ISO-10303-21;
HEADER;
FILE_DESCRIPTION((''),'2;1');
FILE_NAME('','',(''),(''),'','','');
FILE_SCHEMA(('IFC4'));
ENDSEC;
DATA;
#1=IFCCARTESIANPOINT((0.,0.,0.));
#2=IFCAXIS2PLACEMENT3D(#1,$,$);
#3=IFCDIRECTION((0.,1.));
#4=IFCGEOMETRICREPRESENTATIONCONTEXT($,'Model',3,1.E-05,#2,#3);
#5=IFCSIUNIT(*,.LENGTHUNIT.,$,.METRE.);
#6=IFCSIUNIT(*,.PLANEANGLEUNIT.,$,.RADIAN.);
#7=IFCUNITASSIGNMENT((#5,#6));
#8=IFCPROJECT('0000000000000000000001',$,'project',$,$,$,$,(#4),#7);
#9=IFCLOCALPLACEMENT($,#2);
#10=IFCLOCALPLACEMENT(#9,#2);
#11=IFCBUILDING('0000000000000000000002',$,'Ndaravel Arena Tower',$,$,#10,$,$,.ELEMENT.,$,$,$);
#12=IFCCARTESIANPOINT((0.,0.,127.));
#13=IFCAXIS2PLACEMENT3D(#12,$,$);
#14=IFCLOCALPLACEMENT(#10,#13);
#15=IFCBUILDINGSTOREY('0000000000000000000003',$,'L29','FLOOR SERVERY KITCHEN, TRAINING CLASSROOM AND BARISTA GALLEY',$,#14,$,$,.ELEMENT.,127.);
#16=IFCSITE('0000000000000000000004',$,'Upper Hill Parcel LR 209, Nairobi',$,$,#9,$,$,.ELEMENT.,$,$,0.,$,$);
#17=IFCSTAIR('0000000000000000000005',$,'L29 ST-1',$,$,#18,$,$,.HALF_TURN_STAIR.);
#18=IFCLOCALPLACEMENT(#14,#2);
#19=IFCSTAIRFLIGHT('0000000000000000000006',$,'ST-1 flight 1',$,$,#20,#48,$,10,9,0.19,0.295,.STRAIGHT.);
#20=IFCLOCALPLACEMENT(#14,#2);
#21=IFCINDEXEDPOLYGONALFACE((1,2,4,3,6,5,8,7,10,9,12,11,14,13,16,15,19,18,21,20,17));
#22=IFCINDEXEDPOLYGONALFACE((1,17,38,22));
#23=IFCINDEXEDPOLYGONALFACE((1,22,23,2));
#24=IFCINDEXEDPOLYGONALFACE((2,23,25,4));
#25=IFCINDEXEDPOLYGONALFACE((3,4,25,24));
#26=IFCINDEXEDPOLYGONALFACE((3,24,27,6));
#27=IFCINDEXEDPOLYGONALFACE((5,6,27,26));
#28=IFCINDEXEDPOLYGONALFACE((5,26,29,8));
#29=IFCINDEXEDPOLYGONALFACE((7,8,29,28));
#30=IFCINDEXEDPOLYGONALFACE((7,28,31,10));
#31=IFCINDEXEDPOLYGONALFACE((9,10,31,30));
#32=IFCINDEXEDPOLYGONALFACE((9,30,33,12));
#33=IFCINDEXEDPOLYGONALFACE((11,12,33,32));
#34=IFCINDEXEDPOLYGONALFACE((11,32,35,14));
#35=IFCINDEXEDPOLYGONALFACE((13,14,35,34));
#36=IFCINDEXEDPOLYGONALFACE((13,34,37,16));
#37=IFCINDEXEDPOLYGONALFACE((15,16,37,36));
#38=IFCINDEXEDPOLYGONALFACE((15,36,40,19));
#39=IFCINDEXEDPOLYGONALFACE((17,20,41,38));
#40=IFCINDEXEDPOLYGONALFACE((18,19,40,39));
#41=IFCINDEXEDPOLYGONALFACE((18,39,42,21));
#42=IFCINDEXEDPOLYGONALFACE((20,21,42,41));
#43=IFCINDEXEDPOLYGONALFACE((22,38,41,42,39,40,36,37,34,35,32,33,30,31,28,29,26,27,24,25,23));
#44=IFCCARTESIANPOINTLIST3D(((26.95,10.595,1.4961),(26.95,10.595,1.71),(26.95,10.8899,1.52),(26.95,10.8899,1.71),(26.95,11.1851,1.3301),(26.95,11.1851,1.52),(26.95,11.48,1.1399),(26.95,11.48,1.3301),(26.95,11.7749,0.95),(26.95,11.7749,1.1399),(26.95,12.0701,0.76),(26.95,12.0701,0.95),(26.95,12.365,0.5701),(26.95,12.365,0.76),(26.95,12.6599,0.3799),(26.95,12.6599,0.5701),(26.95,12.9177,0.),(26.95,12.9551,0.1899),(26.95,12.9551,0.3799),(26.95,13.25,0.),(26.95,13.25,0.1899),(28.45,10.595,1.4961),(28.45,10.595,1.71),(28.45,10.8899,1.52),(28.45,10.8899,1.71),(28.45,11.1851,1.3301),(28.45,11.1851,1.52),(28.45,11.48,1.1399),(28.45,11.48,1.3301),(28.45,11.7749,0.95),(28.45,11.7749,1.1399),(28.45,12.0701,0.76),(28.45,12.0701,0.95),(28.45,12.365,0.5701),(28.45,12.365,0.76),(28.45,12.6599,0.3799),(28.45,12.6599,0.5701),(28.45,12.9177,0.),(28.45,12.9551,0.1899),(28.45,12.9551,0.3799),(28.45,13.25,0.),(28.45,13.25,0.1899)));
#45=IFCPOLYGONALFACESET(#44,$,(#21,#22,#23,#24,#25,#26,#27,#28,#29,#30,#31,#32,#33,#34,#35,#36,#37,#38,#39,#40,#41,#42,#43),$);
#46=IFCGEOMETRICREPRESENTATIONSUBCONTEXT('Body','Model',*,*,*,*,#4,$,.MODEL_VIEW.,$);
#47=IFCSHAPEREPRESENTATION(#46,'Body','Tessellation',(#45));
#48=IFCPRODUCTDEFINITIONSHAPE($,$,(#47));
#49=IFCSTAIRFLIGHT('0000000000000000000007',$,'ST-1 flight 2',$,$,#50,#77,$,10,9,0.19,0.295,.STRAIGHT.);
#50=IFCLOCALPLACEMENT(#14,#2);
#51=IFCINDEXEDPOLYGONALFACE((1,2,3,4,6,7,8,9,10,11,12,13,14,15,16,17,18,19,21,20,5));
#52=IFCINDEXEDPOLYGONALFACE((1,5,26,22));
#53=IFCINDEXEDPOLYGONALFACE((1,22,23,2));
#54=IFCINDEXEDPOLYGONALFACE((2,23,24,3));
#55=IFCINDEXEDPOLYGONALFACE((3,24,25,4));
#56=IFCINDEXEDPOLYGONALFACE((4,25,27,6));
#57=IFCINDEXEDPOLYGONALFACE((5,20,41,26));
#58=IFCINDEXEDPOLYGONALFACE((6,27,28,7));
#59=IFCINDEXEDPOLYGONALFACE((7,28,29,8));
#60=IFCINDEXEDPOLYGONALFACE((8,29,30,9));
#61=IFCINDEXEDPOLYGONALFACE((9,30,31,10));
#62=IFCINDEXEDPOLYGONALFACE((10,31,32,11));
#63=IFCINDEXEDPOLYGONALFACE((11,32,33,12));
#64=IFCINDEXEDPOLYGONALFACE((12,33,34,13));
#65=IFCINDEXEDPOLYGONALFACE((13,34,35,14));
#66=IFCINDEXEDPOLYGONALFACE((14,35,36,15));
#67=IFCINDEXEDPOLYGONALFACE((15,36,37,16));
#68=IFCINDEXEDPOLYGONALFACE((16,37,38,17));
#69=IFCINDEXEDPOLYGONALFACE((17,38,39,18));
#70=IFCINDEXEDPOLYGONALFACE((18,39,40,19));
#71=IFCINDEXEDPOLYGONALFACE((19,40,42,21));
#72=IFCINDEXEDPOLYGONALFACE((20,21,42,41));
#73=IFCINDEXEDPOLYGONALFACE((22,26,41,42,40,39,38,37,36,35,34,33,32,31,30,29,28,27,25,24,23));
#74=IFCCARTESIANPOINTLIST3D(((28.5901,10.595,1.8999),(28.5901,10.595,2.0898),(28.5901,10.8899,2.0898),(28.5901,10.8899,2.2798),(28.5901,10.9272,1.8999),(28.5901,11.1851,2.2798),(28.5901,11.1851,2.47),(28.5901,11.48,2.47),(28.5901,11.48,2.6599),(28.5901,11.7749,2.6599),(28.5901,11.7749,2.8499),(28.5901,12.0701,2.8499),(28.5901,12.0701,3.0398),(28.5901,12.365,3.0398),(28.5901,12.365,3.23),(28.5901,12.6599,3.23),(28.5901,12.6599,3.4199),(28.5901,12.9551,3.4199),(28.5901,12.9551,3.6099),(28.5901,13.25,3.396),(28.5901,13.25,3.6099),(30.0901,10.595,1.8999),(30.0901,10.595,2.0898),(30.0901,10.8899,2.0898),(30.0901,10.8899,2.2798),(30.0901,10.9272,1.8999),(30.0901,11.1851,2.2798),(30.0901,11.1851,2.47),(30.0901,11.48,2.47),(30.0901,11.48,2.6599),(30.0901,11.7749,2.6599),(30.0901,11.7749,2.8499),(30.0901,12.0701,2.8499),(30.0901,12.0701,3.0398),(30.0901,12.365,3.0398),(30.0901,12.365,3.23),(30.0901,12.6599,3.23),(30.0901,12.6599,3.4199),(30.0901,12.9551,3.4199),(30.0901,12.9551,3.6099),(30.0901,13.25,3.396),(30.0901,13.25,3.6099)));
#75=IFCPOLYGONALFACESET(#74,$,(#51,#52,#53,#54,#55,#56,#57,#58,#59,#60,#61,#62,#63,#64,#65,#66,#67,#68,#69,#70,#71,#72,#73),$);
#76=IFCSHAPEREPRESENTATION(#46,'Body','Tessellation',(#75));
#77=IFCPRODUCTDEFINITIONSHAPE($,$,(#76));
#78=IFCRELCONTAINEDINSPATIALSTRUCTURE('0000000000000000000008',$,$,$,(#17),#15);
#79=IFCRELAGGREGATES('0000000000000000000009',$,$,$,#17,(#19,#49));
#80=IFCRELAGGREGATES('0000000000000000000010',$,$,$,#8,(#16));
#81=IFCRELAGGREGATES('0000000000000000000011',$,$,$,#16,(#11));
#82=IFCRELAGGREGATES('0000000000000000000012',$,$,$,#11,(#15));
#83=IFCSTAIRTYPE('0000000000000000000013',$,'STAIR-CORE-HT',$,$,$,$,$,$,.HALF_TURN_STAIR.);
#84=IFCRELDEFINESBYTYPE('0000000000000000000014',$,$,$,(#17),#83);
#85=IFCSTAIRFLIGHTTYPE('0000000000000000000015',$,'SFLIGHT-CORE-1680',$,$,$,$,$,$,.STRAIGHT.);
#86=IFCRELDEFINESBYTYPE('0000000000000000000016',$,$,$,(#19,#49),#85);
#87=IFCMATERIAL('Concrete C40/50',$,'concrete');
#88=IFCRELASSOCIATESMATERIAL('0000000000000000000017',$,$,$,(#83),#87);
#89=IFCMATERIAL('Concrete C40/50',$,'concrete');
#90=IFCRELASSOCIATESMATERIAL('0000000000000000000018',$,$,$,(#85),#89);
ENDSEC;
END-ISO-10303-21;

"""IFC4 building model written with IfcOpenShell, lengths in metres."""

from ifc_helpers import new_model, si_unit, direction, frame, origin, place, context, subcontext, project, spatial, polyline, outline, extrude, material, type_object, element, aggregate, save


model = new_model("IFC4")

# Units and contexts
model_context = context("Model", 3, precision=1e-05, world=origin(), true_north=direction((0.0, 1.0)))
body_context = subcontext(model_context, "Body", "Model", "MODEL_VIEW")
ifc_project = project(units=[si_unit("LENGTHUNIT", "METRE"), si_unit("PLANEANGLEUNIT", "RADIAN")], contexts=[model_context])

# Site, building, storey
site_placement = place(None, origin())
site = spatial("IfcSite", under=ifc_project, at=site_placement, Name="Upper Hill Parcel LR 209, Nairobi", CompositionType="ELEMENT", RefElevation=0.0)
building_placement = place(site_placement, origin())
building = spatial("IfcBuilding", under=site, at=building_placement, Name="Ndaravel Arena Tower", CompositionType="ELEMENT")
storey_placement = place(building_placement, frame((0.0, 0.0, 127.0)))
storey = spatial("IfcBuildingStorey", under=building, at=storey_placement, Name="L29", Description="FLOOR SERVERY KITCHEN, TRAINING CLASSROOM AND BARISTA GALLEY", CompositionType="ELEMENT", Elevation=127.0)

# Stair, stair flights
ifc_material_1 = material(Name="Concrete C40/50", Category="concrete")
stair_type = type_object("IfcStairType", Name="STAIR-CORE-HT", PredefinedType="HALF_TURN_STAIR", material=ifc_material_1)
stair_placement = place(storey_placement, origin())
stair = element("IfcStair", 1, at=stair_placement, inside=storey, type_object=stair_type, Name="L29 ST-1", PredefinedType="HALF_TURN_STAIR")
ifc_material_2 = material(Name="Concrete C40/50", Category="concrete")
stair_flight_type = type_object("IfcStairFlightType", Name="SFLIGHT-CORE-1680", PredefinedType="STRAIGHT", material=ifc_material_2)
stair_flight_1_placement = place(storey_placement, frame((27.7, 13.25, 0.0), z_axis=(0.0, 0.0, 1.0), x_axis=(0.0, -1.0, 0.0)))
stair_flight_1 = element("IfcStairFlight", 2, at=stair_flight_1_placement, type_object=stair_flight_type, Name="ST-1 flight 1", NumberOfRisers=10, NumberOfTreads=9, PredefinedType="STRAIGHT", RiserHeight=0.19, TreadLength=0.295, context=body_context, shape_type="SweptSolid", body=[
    extrude(outline(polyline([(0.0, 0.0), (0.0, 0.1899), (0.2949, 0.1899), (0.2949, 0.3799), (0.5901, 0.3799), (0.5901, 0.5701), (0.885, 0.5701), (0.885, 0.76), (1.1799, 0.76), (1.1799, 0.95), (1.4751, 0.95), (1.4751, 1.1399), (1.77, 1.1399), (1.77, 1.3301), (2.0649, 1.3301), (2.0649, 1.52), (2.3601, 1.52), (2.3601, 1.71), (2.655, 1.71), (2.655, 1.8999), (2.655, 1.4961), (0.3323, 0.0), (0.0, 0.0)])), frame((0.0, 0.75, 0.0), z_axis=(0.0, -1.0, 0.0), x_axis=(1.0, 0.0, 0.0)), (0.0, 0.0, 1.0), 1.5),
])
stair_flight_2_placement = place(storey_placement, frame((29.3401, 10.595, 1.8999), z_axis=(0.0, 0.0, 1.0), x_axis=(0.0, 1.0, 0.0)))
stair_flight_2 = element("IfcStairFlight", 3, at=stair_flight_2_placement, type_object=stair_flight_type, Name="ST-1 flight 2", NumberOfRisers=10, NumberOfTreads=9, PredefinedType="STRAIGHT", RiserHeight=0.19, TreadLength=0.295, context=body_context, shape_type="SweptSolid", body=[
    extrude(outline(polyline([(0.0, 0.0), (0.0, 0.1899), (0.2949, 0.1899), (0.2949, 0.3799), (0.5901, 0.3799), (0.5901, 0.5701), (0.885, 0.5701), (0.885, 0.76), (1.1799, 0.76), (1.1799, 0.95), (1.4751, 0.95), (1.4751, 1.1399), (1.77, 1.1399), (1.77, 1.3301), (2.0649, 1.3301), (2.0649, 1.52), (2.3601, 1.52), (2.3601, 1.71), (2.655, 1.71), (2.655, 1.8999), (2.655, 1.4961), (0.3323, 0.0), (0.0, 0.0)])), frame((0.0, 0.75, 0.0), z_axis=(0.0, -1.0, 0.0), x_axis=(1.0, 0.0, 0.0)), (0.0, 0.0, 1.0), 1.5),
])
aggregate(stair, [stair_flight_1, stair_flight_2])

save(model, "model.ifc")
